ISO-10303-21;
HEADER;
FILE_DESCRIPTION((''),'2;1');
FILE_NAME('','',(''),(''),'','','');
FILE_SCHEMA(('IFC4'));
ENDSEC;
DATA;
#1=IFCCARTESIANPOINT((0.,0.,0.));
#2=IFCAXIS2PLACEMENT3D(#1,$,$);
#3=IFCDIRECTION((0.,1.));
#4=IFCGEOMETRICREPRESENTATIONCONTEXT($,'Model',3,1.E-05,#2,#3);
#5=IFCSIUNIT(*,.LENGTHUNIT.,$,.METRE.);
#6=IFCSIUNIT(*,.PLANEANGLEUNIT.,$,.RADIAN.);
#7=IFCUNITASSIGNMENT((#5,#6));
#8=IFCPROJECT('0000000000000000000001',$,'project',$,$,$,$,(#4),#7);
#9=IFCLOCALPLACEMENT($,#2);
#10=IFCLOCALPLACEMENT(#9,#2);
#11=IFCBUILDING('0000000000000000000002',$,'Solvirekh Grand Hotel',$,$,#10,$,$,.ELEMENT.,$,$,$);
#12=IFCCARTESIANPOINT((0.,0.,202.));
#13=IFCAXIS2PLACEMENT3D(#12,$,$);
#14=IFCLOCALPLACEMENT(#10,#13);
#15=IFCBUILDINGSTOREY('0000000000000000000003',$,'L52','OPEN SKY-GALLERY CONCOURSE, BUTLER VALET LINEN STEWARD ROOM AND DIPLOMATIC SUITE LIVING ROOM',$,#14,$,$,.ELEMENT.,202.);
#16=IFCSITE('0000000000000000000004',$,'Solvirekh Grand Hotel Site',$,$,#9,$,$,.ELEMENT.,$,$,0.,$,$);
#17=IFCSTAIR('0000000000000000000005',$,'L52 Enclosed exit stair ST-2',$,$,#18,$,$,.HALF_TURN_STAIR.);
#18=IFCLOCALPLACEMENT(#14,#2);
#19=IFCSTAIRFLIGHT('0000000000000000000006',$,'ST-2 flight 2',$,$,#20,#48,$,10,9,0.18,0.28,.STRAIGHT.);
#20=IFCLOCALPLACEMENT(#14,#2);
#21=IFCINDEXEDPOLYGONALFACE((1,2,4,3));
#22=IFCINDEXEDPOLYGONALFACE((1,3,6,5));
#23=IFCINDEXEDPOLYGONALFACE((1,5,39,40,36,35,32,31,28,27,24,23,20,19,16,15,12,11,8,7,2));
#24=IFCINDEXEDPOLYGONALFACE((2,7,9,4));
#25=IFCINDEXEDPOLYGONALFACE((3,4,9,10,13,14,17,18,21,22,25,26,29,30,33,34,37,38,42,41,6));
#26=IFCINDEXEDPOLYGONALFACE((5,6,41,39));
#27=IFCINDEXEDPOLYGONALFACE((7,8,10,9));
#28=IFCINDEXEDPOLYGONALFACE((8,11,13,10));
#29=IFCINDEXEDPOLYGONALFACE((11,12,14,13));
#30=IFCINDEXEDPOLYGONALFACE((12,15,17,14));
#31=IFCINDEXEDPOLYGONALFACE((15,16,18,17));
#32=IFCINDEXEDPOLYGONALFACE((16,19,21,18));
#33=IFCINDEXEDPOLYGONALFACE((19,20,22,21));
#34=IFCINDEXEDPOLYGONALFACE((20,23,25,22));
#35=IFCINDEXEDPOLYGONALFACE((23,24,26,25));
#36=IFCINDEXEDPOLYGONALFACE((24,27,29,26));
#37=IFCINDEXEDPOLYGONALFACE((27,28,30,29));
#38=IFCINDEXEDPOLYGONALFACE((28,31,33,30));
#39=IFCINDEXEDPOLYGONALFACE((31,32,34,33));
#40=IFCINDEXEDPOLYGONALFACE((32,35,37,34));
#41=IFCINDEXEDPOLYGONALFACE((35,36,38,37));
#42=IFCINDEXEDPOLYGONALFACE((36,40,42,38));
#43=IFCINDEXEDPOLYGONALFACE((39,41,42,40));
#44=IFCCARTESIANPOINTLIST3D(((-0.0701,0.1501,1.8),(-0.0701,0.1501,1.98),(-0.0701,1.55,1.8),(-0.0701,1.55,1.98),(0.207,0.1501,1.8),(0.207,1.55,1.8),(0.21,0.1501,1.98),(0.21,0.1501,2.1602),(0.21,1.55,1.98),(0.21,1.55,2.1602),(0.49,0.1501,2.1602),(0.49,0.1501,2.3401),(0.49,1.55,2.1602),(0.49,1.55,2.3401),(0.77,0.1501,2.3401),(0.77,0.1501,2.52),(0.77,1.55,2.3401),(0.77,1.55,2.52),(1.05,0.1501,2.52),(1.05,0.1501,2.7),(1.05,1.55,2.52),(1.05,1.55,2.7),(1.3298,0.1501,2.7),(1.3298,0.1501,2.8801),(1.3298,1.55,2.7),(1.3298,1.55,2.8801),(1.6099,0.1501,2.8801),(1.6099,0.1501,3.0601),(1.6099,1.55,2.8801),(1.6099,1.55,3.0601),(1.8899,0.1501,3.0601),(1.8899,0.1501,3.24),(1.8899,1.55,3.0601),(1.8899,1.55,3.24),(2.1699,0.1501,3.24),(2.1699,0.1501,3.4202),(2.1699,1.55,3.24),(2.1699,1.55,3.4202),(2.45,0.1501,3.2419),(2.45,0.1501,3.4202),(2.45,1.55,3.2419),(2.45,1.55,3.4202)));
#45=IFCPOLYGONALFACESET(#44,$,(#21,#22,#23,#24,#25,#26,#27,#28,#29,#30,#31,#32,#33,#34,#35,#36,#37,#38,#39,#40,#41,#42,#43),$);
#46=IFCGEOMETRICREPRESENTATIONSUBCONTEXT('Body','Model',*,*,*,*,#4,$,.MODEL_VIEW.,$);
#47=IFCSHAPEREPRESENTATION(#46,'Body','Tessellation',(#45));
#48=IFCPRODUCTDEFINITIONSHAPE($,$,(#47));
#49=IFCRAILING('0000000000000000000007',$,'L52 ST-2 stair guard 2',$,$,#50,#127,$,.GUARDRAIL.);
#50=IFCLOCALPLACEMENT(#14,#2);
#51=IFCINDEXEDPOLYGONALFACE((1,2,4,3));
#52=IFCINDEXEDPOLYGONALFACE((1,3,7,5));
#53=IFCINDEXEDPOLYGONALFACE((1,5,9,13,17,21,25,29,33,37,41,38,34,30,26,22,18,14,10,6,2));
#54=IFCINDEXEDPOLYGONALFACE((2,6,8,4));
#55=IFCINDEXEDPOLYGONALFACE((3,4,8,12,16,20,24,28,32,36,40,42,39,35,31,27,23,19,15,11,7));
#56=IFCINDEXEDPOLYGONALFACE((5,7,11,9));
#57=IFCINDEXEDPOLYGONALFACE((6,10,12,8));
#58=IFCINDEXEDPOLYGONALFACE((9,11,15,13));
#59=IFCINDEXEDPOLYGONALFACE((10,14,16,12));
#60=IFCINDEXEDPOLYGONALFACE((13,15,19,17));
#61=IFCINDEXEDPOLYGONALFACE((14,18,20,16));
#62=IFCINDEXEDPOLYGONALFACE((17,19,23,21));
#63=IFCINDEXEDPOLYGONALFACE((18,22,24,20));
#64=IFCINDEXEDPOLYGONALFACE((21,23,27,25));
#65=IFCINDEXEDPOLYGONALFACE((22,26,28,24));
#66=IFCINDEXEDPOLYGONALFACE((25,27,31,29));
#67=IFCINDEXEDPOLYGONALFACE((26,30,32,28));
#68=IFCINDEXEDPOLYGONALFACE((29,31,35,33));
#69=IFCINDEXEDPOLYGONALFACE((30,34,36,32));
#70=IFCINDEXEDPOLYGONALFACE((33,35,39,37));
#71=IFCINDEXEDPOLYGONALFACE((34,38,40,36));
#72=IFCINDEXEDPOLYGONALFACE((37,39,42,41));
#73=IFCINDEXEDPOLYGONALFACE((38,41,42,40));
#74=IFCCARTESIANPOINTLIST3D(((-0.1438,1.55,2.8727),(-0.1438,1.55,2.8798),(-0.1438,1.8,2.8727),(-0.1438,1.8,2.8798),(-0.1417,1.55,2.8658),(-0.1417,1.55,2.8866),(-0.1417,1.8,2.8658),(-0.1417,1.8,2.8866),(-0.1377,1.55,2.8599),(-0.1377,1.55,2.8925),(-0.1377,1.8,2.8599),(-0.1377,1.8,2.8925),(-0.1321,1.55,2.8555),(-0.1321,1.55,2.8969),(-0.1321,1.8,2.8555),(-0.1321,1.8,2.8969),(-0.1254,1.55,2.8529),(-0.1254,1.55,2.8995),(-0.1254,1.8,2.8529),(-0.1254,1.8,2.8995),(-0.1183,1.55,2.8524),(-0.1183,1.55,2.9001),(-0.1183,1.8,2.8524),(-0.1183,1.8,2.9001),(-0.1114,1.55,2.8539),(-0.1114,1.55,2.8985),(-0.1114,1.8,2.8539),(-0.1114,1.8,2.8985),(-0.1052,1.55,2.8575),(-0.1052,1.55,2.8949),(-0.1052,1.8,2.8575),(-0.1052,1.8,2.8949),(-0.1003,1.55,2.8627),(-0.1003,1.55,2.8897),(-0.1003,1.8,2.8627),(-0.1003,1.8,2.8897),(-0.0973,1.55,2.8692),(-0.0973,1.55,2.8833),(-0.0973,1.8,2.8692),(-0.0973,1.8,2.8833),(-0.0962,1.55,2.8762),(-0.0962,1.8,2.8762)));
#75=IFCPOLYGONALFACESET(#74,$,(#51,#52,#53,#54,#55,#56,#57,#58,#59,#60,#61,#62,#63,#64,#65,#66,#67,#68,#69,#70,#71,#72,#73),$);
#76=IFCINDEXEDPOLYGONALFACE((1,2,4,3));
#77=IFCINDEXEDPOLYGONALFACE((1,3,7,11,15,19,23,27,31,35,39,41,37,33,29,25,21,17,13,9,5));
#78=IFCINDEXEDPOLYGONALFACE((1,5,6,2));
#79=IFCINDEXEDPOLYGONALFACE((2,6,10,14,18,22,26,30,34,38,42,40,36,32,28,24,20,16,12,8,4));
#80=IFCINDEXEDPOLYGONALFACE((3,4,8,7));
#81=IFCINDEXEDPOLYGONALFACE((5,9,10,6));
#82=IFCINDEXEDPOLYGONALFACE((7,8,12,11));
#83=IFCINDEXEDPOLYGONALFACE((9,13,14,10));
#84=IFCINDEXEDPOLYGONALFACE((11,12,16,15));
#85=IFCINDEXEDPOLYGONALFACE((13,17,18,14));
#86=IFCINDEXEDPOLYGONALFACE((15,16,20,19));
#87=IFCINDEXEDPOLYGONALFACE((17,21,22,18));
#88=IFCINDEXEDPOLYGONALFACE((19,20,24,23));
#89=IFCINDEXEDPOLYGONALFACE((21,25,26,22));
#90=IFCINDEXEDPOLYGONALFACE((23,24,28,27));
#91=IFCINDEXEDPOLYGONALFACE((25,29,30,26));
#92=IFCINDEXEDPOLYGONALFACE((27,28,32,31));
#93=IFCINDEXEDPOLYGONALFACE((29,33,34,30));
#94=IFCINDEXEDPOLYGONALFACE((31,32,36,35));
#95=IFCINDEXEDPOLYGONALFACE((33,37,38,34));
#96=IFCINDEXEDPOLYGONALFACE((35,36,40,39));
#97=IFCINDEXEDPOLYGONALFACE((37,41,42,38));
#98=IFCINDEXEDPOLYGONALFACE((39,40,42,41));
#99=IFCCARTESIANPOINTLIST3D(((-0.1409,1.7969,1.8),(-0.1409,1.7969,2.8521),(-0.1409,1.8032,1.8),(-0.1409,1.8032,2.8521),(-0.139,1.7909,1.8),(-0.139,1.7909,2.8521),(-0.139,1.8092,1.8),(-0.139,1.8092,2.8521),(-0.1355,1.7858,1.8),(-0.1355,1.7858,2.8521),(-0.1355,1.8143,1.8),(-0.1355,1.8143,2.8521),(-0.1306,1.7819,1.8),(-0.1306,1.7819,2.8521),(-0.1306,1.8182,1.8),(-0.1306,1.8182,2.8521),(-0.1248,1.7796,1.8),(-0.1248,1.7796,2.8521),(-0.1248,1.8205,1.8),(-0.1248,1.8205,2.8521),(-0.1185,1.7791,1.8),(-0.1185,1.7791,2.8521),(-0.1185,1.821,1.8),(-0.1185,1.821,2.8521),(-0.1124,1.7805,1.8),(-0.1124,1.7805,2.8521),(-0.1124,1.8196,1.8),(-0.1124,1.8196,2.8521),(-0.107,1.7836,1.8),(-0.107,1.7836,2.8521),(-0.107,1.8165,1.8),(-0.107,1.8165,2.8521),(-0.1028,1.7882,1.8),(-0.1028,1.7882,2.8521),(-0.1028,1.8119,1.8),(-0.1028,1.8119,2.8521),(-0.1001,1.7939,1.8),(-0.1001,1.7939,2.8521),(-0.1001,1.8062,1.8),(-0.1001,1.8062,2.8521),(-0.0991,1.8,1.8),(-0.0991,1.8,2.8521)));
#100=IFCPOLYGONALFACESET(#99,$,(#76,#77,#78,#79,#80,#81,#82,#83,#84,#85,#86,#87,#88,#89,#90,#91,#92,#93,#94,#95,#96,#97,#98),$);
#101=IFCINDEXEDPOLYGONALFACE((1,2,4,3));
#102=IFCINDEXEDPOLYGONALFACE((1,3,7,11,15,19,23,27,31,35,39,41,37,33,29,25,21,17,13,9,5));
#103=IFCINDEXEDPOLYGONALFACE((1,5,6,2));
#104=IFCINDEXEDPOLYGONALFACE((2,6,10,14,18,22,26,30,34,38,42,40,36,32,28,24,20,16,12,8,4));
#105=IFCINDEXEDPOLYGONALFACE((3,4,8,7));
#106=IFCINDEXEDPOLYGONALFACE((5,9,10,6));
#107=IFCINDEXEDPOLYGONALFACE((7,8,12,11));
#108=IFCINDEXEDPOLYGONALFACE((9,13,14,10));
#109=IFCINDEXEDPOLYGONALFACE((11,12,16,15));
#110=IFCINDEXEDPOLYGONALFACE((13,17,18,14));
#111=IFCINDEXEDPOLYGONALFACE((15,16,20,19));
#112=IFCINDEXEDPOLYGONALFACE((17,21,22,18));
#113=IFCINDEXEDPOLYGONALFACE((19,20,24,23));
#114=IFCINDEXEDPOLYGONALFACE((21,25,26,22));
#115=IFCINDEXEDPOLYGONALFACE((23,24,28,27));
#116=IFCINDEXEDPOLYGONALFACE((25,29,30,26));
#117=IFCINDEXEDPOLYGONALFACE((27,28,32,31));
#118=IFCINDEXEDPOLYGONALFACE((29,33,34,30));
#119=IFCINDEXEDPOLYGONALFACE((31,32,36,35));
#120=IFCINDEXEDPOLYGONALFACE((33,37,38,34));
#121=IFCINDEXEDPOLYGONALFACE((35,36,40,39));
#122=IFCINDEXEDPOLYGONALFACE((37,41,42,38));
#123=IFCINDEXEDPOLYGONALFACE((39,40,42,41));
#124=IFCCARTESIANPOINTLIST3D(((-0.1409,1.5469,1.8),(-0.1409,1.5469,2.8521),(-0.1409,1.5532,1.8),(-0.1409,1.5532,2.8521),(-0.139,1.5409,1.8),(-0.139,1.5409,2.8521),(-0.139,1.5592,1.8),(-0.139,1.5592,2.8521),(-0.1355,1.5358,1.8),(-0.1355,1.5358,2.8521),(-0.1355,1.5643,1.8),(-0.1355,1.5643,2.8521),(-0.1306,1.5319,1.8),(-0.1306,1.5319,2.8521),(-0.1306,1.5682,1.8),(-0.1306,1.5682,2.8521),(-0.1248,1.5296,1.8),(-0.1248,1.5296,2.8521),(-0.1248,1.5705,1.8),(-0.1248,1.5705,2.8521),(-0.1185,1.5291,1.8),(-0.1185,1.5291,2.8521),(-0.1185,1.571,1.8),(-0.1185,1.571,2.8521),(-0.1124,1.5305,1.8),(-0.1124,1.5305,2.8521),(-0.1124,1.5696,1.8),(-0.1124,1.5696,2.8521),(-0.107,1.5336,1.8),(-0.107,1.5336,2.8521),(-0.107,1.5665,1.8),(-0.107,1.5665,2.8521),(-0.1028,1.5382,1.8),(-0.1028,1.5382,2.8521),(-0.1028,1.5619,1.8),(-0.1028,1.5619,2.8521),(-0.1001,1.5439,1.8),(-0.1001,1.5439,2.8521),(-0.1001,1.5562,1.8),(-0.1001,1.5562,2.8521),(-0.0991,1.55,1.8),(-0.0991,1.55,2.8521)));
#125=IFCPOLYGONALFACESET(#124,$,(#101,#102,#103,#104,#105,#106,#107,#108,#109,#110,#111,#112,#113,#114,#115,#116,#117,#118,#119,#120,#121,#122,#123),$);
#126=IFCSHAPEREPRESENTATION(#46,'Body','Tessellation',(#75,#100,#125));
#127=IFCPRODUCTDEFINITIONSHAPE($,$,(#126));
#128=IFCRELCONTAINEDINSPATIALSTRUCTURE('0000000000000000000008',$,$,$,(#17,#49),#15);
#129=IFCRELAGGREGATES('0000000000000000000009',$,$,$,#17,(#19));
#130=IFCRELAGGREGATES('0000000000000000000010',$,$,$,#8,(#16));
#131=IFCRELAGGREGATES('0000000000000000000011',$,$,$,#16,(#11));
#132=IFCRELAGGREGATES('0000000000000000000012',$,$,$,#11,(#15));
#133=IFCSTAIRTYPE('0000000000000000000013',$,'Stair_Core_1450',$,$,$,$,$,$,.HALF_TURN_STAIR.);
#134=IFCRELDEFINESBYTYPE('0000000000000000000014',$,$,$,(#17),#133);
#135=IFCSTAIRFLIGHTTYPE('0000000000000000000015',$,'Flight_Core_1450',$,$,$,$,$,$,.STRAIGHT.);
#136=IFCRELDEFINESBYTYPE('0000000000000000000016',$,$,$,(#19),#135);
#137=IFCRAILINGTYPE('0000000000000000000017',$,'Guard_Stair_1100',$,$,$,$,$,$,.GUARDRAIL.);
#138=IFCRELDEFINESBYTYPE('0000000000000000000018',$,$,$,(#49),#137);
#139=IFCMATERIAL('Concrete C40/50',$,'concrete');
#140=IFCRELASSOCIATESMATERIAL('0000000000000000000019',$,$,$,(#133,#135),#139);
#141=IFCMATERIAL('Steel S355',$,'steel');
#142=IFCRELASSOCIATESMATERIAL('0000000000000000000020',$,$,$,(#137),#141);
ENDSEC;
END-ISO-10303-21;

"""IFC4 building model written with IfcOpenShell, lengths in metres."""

from ifc_helpers import new_model, si_unit, direction, frame, origin, origin_2d, place, context, subcontext, project, spatial, polyline, circle, outline, extrude, material, type_object, element, aggregate, save


model = new_model("IFC4")

# Units and contexts
model_context = context("Model", 3, precision=1e-05, world=origin(), true_north=direction((0.0, 1.0)))
body_context = subcontext(model_context, "Body", "Model", "MODEL_VIEW")
ifc_project = project(units=[si_unit("LENGTHUNIT", "METRE"), si_unit("PLANEANGLEUNIT", "RADIAN")], contexts=[model_context])

# Site, building, storey
site_placement = place(None, origin())
site = spatial("IfcSite", under=ifc_project, at=site_placement, Name="Solvirekh Grand Hotel Site", CompositionType="ELEMENT", RefElevation=0.0)
building_placement = place(site_placement, origin())
building = spatial("IfcBuilding", under=site, at=building_placement, Name="Solvirekh Grand Hotel", CompositionType="ELEMENT")
storey_placement = place(building_placement, frame((0.0, 0.0, 202.0)))
storey = spatial("IfcBuildingStorey", under=building, at=storey_placement, Name="L52", Description="OPEN SKY-GALLERY CONCOURSE, BUTLER VALET LINEN STEWARD ROOM AND DIPLOMATIC SUITE LIVING ROOM", CompositionType="ELEMENT", Elevation=202.0)

# Shared definitions
ifc_material_1 = material(Name="Steel S355", Category="steel")

# Shared definitions
ifc_material_2 = material(Name="Concrete C40/50", Category="concrete")

# Stair, stair flight
stair_type = type_object("IfcStairType", Name="Stair_Core_1450", PredefinedType="HALF_TURN_STAIR", material=ifc_material_2)
stair_placement = place(storey_placement, origin())
stair = element("IfcStair", 1, at=stair_placement, inside=storey, type_object=stair_type, Name="L52 Enclosed exit stair ST-2", PredefinedType="HALF_TURN_STAIR")
stair_flight_type = type_object("IfcStairFlightType", Name="Flight_Core_1450", PredefinedType="STRAIGHT", material=ifc_material_2)
stair_flight_placement = place(storey_placement, frame((-0.0701, 0.8501, 1.8), z_axis=(0.0, 0.0, 1.0), x_axis=(1.0, 0.0, 0.0)))
stair_flight = element("IfcStairFlight", 2, at=stair_flight_placement, type_object=stair_flight_type, Name="ST-2 flight 2", NumberOfRisers=10, NumberOfTreads=9, PredefinedType="STRAIGHT", RiserHeight=0.18, TreadLength=0.28, context=body_context, shape_type="SweptSolid", body=[
    extrude(outline(polyline([(0.0, 0.0), (0.0, 0.1799), (0.28, 0.1799), (0.28, 0.3601), (0.5601, 0.3601), (0.5601, 0.54), (0.8401, 0.54), (0.8401, 0.72), (1.1201, 0.72), (1.1201, 0.8999), (1.3999, 0.8999), (1.3999, 1.0801), (1.6799, 1.0801), (1.6799, 1.26), (1.96, 1.26), (1.96, 1.4399), (2.24, 1.4399), (2.24, 1.6201), (2.52, 1.6201), (2.52, 1.8), (2.52, 1.4419), (0.2771, 0.0), (0.0, 0.0)])), frame((0.0, 0.7, 0.0), z_axis=(0.0, -1.0, 0.0), x_axis=(1.0, 0.0, 0.0)), (0.0, 0.0, 1.0), 1.3999),
])
aggregate(stair, [stair_flight])

# Railing
railing_type = type_object("IfcRailingType", Name="Guard_Stair_1100", PredefinedType="GUARDRAIL", material=ifc_material_1)
railing_1_placement = place(storey_placement, frame((-0.1201, 1.8, 1.8)))
element("IfcRailing", 3, at=railing_1_placement, inside=storey, type_object=railing_type, Name="L52 ST-2 stair guard 2", PredefinedType="GUARDRAIL", context=body_context, shape_type="SweptSolid", body=[
    extrude(circle(Radius=0.0239, at=origin_2d()), frame((0.0, 0.0, 1.0762), z_axis=(0.0, -1.0, 0.0), x_axis=(1.0, 0.0, 0.0)), (0.0, 0.0, 1.0), 0.25),
    extrude(circle(Radius=0.021, at=origin_2d()), origin(), (0.0, 0.0, 1.0), 1.052),
    extrude(circle(Radius=0.021, at=origin_2d()), frame((0.0, -0.25, 0.0)), (0.0, 0.0, 1.0), 1.052),
])

save(model, "model.ifc")
